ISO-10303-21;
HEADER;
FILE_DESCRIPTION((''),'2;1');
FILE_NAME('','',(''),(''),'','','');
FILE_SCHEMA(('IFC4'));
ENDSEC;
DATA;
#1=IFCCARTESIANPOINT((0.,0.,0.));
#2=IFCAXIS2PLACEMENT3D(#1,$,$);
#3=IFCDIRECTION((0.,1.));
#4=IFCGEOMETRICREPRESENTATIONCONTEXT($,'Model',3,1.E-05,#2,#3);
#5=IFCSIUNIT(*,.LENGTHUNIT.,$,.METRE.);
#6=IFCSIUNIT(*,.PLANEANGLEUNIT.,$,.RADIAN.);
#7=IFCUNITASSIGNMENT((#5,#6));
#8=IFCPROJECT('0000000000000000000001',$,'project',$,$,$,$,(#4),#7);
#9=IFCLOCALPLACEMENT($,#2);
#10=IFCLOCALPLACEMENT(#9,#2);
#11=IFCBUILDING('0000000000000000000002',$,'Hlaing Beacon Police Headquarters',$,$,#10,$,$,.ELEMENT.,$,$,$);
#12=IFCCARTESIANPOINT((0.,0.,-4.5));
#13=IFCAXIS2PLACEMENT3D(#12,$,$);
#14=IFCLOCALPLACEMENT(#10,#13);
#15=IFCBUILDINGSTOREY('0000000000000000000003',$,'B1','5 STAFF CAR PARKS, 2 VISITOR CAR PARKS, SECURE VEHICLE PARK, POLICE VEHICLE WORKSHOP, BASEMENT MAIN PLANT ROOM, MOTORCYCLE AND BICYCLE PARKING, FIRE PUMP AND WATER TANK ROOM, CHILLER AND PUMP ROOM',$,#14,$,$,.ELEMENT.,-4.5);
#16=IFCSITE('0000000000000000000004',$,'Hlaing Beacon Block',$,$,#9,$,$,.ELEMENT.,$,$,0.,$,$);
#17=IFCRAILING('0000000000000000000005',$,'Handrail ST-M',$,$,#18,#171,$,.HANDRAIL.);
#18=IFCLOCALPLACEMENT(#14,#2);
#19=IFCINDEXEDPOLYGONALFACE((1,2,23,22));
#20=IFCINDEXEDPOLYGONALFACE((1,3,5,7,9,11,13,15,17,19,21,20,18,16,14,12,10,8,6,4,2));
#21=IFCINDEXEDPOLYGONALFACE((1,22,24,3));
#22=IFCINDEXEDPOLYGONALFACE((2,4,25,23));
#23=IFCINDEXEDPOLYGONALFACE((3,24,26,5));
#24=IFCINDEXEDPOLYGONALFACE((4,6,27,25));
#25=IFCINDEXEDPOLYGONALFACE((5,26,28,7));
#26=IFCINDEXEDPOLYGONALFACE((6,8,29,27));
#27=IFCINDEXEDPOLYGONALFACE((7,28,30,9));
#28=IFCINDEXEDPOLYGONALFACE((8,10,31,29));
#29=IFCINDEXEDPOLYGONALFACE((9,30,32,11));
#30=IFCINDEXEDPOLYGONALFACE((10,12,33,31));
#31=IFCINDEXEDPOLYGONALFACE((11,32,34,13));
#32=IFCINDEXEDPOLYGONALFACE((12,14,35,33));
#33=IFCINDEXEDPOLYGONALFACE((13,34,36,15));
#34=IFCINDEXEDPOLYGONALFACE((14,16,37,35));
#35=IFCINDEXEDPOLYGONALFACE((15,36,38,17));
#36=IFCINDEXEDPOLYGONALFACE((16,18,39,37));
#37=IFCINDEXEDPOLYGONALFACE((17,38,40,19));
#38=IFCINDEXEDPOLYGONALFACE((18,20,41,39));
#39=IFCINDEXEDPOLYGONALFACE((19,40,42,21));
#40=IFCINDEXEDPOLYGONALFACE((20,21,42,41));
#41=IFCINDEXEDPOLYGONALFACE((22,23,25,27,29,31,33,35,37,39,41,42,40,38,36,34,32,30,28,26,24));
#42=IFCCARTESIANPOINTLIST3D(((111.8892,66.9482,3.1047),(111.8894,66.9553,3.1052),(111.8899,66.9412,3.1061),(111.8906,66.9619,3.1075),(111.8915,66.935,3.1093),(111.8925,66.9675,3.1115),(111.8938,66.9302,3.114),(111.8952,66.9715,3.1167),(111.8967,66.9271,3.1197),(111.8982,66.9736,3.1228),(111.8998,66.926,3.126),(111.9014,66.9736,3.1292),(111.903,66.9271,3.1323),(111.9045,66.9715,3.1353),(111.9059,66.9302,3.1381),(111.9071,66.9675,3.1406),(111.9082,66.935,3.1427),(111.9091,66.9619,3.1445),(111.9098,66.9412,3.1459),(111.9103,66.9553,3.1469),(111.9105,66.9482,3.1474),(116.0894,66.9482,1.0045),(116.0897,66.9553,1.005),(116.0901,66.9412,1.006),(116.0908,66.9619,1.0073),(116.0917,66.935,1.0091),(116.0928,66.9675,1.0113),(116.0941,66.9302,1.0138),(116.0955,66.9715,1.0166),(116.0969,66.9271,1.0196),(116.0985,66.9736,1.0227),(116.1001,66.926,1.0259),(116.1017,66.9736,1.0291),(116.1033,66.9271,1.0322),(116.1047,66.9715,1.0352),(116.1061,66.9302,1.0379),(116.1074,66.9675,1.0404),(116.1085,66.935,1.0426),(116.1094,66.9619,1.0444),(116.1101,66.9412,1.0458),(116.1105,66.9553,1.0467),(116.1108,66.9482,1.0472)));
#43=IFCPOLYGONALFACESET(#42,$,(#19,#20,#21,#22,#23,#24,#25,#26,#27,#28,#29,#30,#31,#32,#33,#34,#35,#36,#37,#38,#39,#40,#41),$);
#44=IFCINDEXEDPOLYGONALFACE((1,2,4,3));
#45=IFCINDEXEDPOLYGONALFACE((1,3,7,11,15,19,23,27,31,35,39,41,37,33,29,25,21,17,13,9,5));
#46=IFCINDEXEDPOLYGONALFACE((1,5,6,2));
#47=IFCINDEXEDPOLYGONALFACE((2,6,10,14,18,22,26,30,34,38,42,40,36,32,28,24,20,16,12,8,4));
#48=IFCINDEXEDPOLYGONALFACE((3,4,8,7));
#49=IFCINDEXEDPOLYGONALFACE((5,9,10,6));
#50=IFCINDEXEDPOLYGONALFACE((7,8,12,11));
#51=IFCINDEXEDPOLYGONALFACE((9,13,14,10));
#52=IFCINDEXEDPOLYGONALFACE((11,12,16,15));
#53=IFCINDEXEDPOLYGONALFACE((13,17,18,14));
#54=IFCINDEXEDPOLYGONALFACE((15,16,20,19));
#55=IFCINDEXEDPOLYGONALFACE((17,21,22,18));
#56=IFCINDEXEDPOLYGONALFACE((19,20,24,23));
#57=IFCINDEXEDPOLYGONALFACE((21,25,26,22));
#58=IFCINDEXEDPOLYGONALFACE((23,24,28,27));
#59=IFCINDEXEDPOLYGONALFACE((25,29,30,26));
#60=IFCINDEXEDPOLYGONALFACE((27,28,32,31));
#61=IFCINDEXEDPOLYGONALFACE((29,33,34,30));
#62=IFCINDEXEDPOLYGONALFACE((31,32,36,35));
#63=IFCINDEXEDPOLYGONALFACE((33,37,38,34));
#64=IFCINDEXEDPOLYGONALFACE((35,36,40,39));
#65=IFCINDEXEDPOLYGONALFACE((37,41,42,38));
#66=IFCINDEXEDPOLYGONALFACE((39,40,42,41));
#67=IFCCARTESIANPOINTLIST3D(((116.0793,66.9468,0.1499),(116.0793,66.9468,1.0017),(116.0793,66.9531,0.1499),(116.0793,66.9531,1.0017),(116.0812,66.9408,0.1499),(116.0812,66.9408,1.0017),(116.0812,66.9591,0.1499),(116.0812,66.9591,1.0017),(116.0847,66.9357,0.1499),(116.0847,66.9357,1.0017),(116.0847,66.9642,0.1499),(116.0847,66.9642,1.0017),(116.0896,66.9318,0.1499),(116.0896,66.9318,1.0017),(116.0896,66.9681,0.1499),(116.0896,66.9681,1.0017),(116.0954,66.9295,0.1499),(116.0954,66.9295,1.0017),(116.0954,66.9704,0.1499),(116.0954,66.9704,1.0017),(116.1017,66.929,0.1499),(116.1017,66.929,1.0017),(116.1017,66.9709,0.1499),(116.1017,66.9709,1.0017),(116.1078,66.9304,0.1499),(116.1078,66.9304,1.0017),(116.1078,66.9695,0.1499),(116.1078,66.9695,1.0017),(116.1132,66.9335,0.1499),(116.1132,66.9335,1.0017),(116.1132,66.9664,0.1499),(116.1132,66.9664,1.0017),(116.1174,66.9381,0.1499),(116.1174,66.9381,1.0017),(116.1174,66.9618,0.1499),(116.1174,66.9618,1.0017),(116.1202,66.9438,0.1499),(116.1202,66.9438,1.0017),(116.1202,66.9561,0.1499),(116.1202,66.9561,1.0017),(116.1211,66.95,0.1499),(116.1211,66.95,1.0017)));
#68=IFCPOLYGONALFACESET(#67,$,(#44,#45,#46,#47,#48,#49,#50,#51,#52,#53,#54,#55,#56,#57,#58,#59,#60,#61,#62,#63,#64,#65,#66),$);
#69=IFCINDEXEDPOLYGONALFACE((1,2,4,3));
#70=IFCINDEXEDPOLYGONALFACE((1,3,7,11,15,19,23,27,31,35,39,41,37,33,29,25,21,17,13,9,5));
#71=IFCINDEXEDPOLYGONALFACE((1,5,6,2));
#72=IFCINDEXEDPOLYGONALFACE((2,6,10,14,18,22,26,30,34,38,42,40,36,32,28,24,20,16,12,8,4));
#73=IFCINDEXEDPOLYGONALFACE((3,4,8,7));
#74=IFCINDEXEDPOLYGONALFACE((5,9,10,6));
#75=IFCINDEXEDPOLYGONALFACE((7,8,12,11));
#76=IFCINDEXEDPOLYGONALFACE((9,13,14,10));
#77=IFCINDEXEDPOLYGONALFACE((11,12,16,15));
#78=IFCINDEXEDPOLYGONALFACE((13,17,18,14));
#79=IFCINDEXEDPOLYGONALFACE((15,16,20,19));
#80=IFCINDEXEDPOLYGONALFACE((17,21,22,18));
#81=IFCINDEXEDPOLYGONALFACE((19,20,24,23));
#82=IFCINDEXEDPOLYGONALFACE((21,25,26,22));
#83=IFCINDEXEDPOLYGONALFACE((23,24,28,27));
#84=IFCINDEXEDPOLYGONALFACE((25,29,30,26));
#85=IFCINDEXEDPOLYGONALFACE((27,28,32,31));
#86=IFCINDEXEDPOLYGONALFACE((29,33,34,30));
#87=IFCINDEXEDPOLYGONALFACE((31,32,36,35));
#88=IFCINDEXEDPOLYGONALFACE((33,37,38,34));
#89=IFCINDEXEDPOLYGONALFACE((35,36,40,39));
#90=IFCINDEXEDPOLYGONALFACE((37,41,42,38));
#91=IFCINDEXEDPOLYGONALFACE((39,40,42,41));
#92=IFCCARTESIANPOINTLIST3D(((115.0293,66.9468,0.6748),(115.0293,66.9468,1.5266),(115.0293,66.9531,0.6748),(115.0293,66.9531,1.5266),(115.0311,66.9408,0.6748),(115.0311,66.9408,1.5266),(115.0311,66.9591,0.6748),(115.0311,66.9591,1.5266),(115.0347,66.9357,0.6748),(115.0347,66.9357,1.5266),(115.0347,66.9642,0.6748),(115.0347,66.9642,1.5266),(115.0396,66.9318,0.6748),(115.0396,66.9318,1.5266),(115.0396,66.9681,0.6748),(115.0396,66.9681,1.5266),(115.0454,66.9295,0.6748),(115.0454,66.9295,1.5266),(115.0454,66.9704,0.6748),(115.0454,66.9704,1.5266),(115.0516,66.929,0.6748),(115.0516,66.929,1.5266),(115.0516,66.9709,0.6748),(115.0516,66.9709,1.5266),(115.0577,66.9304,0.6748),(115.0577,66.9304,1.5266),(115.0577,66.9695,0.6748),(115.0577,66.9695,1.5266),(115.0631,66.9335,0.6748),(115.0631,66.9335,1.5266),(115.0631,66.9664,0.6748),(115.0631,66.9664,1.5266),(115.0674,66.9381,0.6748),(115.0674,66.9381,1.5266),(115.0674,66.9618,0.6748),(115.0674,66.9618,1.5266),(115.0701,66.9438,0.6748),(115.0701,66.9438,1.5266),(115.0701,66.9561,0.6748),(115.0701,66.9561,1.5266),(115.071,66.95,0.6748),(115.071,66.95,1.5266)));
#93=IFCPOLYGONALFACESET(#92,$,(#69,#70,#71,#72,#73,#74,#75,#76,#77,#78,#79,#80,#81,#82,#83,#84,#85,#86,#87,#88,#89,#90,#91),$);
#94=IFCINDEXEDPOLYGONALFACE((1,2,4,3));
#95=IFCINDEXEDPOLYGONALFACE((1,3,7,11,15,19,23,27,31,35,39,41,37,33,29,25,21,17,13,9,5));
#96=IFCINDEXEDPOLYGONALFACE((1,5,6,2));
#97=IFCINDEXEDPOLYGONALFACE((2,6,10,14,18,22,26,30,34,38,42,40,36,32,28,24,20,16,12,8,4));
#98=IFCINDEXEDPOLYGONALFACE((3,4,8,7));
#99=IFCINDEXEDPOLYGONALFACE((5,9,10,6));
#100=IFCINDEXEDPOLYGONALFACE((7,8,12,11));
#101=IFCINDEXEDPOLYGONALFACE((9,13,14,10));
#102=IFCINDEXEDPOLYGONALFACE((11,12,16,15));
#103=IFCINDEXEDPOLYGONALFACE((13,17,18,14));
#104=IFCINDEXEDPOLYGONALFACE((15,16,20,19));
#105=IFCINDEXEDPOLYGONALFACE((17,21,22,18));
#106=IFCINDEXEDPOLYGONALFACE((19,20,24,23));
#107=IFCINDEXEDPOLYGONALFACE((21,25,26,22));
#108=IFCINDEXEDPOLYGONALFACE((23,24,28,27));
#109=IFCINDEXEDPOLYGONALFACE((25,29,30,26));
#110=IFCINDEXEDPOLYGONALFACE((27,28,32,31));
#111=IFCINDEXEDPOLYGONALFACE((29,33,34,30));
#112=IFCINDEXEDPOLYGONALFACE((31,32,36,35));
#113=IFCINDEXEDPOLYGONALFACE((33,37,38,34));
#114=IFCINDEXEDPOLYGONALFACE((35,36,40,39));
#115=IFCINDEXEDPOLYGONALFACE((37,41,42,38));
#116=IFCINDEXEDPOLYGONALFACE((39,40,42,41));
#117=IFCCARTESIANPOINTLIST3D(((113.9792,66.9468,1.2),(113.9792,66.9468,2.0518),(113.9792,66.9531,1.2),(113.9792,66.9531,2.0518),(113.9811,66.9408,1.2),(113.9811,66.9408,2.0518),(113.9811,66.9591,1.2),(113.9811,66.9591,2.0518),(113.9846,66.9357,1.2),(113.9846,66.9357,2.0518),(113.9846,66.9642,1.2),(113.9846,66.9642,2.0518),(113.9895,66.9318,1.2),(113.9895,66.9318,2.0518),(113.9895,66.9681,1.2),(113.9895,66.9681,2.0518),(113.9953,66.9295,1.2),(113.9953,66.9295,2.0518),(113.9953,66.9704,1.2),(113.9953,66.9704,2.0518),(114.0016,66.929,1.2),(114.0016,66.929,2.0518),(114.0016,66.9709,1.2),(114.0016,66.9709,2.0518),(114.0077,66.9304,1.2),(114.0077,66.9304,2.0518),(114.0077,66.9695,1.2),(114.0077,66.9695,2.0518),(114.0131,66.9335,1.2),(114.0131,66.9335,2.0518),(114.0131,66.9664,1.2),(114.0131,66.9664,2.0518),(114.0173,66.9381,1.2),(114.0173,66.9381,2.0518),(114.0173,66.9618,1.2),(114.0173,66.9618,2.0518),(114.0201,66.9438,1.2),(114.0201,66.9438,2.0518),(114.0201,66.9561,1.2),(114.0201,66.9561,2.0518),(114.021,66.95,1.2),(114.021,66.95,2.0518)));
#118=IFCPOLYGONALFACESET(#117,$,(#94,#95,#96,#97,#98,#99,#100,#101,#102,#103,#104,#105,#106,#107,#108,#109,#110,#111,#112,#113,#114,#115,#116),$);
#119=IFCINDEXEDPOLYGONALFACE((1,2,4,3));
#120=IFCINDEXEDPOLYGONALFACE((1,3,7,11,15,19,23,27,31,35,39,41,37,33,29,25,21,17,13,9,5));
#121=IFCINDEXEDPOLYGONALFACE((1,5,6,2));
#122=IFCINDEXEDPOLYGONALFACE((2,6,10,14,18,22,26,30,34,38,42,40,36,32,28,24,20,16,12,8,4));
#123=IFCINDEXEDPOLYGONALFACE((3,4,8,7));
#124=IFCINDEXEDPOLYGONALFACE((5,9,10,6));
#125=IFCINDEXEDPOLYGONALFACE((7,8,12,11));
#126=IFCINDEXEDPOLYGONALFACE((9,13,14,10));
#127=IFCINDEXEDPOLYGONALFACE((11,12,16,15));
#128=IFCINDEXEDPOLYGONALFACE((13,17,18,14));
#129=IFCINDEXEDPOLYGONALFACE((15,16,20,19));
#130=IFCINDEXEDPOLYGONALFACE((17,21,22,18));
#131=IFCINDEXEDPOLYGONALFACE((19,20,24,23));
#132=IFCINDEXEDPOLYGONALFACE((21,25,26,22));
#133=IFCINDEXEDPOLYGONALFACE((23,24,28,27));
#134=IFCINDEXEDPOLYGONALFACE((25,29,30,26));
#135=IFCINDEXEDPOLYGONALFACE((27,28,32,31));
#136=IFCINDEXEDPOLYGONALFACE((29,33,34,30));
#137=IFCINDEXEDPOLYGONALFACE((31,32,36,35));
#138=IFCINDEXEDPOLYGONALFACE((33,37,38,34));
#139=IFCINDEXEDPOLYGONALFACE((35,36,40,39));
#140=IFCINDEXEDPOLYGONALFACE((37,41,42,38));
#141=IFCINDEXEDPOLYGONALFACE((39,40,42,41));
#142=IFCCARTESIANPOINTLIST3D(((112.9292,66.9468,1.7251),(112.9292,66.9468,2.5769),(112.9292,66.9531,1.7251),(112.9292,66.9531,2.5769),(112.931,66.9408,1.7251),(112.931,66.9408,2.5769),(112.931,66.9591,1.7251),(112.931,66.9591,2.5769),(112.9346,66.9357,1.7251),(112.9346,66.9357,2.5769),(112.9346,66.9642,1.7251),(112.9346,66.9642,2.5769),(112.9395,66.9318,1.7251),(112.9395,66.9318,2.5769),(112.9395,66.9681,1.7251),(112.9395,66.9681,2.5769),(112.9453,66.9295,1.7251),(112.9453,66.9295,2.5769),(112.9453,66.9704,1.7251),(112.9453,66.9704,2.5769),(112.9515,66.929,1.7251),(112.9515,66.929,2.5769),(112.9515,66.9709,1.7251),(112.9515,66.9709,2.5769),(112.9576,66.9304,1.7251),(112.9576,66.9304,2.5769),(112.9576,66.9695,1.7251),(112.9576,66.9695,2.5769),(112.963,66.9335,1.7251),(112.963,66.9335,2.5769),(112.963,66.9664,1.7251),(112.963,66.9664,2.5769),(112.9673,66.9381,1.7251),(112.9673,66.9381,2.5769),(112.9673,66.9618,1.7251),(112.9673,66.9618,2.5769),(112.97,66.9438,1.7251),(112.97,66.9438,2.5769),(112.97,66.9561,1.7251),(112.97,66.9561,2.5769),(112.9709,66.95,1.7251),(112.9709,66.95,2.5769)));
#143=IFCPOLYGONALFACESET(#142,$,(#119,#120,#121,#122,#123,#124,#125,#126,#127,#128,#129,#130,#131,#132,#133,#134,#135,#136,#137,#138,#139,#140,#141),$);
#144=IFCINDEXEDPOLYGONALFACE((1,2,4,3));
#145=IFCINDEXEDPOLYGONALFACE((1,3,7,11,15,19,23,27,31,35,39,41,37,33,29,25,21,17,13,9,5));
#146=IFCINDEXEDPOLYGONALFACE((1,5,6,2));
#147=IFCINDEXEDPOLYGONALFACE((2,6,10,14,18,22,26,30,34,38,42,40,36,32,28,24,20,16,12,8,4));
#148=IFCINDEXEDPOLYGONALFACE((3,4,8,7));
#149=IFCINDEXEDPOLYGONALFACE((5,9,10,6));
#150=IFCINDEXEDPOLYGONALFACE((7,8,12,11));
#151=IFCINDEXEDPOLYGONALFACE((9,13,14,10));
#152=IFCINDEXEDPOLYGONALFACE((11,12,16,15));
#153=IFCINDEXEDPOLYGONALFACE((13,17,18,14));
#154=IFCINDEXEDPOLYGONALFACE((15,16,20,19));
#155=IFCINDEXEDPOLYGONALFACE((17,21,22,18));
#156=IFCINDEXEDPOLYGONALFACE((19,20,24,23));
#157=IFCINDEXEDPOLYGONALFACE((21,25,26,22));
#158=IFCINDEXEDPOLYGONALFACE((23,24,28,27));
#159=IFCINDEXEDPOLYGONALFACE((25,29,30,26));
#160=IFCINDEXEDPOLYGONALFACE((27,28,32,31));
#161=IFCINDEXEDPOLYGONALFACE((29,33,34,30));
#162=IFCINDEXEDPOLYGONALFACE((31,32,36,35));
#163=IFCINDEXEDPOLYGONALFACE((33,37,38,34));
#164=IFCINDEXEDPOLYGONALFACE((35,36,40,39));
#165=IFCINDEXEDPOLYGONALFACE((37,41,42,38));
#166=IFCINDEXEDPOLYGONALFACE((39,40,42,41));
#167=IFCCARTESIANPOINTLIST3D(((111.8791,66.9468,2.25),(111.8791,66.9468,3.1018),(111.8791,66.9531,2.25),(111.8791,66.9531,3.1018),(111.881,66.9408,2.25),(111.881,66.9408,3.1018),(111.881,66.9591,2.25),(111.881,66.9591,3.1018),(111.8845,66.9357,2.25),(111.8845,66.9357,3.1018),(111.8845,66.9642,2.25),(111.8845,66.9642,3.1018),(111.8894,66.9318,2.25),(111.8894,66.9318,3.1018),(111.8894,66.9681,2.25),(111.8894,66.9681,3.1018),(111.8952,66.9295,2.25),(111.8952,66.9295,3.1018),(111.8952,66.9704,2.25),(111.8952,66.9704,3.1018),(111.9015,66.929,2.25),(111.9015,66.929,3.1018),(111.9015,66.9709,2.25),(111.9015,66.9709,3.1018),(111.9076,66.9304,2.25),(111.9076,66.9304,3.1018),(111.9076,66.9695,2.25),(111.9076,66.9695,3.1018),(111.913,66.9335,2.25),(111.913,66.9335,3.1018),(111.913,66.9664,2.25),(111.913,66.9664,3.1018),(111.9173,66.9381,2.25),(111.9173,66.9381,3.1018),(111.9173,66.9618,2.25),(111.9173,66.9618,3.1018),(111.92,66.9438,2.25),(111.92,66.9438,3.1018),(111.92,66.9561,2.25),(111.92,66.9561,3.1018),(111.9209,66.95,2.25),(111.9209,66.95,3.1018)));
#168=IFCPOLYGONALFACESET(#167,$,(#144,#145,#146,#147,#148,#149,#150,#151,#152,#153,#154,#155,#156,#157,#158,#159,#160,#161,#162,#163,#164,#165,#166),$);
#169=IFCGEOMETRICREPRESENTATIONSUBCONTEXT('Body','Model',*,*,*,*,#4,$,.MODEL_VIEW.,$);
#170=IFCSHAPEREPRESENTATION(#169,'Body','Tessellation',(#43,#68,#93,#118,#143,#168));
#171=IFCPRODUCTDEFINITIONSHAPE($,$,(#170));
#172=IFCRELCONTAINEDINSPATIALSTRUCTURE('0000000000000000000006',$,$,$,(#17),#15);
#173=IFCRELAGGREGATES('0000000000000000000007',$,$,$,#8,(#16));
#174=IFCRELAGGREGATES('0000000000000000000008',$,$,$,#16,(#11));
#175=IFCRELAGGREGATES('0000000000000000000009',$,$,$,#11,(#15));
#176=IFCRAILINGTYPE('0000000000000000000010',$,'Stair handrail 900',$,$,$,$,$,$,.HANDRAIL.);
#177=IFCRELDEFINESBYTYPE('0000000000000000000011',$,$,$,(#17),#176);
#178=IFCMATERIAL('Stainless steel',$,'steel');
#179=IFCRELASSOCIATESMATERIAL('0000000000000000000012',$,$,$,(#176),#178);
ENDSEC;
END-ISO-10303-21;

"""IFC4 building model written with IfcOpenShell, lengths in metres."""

from ifc_helpers import new_model, si_unit, direction, frame, origin, origin_2d, place, context, subcontext, project, spatial, circle, extrude, material, type_object, element, save


model = new_model("IFC4")

# Units and contexts
model_context = context("Model", 3, precision=1e-05, world=origin(), true_north=direction((0.0, 1.0)))
body_context = subcontext(model_context, "Body", "Model", "MODEL_VIEW")
ifc_project = project(units=[si_unit("LENGTHUNIT", "METRE"), si_unit("PLANEANGLEUNIT", "RADIAN")], contexts=[model_context])

# Site, building, storey
site_placement = place(None, origin())
site = spatial("IfcSite", under=ifc_project, at=site_placement, Name="Hlaing Beacon Block", CompositionType="ELEMENT", RefElevation=0.0)
building_placement = place(site_placement, origin())
building = spatial("IfcBuilding", under=site, at=building_placement, Name="Hlaing Beacon Police Headquarters", CompositionType="ELEMENT")
storey_placement = place(building_placement, frame((0.0, 0.0, -4.5)))
storey = spatial("IfcBuildingStorey", under=building, at=storey_placement, Name="B1", Description="5 STAFF CAR PARKS, 2 VISITOR CAR PARKS, SECURE VEHICLE PARK, POLICE VEHICLE WORKSHOP, BASEMENT MAIN PLANT ROOM, MOTORCYCLE AND BICYCLE PARKING, FIRE PUMP AND WATER TANK ROOM, CHILLER AND PUMP ROOM", CompositionType="ELEMENT", Elevation=-4.5)

# Railing
ifc_material_1 = material(Name="Stainless steel", Category="steel")
railing_type = type_object("IfcRailingType", Name="Stair handrail 900", PredefinedType="HANDRAIL", material=ifc_material_1)
for number, where, name in (
    (1, (116.1001, 66.95, 0.1499), "Handrail ST-M"),
):
    element("IfcRailing", number, at=place(storey_placement, frame(where)), inside=storey, type_object=railing_type, Name=name, PredefinedType="HANDRAIL", context=body_context, shape_type="SweptSolid", body=[
        extrude(circle(Radius=0.0239, at=origin_2d()), frame((0.0, 0.0, 0.876), z_axis=(-0.894427, 0.0, 0.447214), x_axis=(0.0, -1.0, 0.0)), (0.0, 0.0, 1.0), 4.696),
        extrude(circle(Radius=0.021, at=origin_2d()), origin(), (0.0, 0.0, 1.0), 0.8518),
        extrude(circle(Radius=0.021, at=origin_2d()), frame((-1.05, 0.0, 0.5249)), (0.0, 0.0, 1.0), 0.8518),
        extrude(circle(Radius=0.021, at=origin_2d()), frame((-2.1001, 0.0, 1.05)), (0.0, 0.0, 1.0), 0.8518),
        extrude(circle(Radius=0.021, at=origin_2d()), frame((-3.1501, 0.0, 1.5752)), (0.0, 0.0, 1.0), 0.8518),
        extrude(circle(Radius=0.021, at=origin_2d()), frame((-4.2002, 0.0, 2.1001)), (0.0, 0.0, 1.0), 0.8518),
    ])

save(model, "model.ifc")
